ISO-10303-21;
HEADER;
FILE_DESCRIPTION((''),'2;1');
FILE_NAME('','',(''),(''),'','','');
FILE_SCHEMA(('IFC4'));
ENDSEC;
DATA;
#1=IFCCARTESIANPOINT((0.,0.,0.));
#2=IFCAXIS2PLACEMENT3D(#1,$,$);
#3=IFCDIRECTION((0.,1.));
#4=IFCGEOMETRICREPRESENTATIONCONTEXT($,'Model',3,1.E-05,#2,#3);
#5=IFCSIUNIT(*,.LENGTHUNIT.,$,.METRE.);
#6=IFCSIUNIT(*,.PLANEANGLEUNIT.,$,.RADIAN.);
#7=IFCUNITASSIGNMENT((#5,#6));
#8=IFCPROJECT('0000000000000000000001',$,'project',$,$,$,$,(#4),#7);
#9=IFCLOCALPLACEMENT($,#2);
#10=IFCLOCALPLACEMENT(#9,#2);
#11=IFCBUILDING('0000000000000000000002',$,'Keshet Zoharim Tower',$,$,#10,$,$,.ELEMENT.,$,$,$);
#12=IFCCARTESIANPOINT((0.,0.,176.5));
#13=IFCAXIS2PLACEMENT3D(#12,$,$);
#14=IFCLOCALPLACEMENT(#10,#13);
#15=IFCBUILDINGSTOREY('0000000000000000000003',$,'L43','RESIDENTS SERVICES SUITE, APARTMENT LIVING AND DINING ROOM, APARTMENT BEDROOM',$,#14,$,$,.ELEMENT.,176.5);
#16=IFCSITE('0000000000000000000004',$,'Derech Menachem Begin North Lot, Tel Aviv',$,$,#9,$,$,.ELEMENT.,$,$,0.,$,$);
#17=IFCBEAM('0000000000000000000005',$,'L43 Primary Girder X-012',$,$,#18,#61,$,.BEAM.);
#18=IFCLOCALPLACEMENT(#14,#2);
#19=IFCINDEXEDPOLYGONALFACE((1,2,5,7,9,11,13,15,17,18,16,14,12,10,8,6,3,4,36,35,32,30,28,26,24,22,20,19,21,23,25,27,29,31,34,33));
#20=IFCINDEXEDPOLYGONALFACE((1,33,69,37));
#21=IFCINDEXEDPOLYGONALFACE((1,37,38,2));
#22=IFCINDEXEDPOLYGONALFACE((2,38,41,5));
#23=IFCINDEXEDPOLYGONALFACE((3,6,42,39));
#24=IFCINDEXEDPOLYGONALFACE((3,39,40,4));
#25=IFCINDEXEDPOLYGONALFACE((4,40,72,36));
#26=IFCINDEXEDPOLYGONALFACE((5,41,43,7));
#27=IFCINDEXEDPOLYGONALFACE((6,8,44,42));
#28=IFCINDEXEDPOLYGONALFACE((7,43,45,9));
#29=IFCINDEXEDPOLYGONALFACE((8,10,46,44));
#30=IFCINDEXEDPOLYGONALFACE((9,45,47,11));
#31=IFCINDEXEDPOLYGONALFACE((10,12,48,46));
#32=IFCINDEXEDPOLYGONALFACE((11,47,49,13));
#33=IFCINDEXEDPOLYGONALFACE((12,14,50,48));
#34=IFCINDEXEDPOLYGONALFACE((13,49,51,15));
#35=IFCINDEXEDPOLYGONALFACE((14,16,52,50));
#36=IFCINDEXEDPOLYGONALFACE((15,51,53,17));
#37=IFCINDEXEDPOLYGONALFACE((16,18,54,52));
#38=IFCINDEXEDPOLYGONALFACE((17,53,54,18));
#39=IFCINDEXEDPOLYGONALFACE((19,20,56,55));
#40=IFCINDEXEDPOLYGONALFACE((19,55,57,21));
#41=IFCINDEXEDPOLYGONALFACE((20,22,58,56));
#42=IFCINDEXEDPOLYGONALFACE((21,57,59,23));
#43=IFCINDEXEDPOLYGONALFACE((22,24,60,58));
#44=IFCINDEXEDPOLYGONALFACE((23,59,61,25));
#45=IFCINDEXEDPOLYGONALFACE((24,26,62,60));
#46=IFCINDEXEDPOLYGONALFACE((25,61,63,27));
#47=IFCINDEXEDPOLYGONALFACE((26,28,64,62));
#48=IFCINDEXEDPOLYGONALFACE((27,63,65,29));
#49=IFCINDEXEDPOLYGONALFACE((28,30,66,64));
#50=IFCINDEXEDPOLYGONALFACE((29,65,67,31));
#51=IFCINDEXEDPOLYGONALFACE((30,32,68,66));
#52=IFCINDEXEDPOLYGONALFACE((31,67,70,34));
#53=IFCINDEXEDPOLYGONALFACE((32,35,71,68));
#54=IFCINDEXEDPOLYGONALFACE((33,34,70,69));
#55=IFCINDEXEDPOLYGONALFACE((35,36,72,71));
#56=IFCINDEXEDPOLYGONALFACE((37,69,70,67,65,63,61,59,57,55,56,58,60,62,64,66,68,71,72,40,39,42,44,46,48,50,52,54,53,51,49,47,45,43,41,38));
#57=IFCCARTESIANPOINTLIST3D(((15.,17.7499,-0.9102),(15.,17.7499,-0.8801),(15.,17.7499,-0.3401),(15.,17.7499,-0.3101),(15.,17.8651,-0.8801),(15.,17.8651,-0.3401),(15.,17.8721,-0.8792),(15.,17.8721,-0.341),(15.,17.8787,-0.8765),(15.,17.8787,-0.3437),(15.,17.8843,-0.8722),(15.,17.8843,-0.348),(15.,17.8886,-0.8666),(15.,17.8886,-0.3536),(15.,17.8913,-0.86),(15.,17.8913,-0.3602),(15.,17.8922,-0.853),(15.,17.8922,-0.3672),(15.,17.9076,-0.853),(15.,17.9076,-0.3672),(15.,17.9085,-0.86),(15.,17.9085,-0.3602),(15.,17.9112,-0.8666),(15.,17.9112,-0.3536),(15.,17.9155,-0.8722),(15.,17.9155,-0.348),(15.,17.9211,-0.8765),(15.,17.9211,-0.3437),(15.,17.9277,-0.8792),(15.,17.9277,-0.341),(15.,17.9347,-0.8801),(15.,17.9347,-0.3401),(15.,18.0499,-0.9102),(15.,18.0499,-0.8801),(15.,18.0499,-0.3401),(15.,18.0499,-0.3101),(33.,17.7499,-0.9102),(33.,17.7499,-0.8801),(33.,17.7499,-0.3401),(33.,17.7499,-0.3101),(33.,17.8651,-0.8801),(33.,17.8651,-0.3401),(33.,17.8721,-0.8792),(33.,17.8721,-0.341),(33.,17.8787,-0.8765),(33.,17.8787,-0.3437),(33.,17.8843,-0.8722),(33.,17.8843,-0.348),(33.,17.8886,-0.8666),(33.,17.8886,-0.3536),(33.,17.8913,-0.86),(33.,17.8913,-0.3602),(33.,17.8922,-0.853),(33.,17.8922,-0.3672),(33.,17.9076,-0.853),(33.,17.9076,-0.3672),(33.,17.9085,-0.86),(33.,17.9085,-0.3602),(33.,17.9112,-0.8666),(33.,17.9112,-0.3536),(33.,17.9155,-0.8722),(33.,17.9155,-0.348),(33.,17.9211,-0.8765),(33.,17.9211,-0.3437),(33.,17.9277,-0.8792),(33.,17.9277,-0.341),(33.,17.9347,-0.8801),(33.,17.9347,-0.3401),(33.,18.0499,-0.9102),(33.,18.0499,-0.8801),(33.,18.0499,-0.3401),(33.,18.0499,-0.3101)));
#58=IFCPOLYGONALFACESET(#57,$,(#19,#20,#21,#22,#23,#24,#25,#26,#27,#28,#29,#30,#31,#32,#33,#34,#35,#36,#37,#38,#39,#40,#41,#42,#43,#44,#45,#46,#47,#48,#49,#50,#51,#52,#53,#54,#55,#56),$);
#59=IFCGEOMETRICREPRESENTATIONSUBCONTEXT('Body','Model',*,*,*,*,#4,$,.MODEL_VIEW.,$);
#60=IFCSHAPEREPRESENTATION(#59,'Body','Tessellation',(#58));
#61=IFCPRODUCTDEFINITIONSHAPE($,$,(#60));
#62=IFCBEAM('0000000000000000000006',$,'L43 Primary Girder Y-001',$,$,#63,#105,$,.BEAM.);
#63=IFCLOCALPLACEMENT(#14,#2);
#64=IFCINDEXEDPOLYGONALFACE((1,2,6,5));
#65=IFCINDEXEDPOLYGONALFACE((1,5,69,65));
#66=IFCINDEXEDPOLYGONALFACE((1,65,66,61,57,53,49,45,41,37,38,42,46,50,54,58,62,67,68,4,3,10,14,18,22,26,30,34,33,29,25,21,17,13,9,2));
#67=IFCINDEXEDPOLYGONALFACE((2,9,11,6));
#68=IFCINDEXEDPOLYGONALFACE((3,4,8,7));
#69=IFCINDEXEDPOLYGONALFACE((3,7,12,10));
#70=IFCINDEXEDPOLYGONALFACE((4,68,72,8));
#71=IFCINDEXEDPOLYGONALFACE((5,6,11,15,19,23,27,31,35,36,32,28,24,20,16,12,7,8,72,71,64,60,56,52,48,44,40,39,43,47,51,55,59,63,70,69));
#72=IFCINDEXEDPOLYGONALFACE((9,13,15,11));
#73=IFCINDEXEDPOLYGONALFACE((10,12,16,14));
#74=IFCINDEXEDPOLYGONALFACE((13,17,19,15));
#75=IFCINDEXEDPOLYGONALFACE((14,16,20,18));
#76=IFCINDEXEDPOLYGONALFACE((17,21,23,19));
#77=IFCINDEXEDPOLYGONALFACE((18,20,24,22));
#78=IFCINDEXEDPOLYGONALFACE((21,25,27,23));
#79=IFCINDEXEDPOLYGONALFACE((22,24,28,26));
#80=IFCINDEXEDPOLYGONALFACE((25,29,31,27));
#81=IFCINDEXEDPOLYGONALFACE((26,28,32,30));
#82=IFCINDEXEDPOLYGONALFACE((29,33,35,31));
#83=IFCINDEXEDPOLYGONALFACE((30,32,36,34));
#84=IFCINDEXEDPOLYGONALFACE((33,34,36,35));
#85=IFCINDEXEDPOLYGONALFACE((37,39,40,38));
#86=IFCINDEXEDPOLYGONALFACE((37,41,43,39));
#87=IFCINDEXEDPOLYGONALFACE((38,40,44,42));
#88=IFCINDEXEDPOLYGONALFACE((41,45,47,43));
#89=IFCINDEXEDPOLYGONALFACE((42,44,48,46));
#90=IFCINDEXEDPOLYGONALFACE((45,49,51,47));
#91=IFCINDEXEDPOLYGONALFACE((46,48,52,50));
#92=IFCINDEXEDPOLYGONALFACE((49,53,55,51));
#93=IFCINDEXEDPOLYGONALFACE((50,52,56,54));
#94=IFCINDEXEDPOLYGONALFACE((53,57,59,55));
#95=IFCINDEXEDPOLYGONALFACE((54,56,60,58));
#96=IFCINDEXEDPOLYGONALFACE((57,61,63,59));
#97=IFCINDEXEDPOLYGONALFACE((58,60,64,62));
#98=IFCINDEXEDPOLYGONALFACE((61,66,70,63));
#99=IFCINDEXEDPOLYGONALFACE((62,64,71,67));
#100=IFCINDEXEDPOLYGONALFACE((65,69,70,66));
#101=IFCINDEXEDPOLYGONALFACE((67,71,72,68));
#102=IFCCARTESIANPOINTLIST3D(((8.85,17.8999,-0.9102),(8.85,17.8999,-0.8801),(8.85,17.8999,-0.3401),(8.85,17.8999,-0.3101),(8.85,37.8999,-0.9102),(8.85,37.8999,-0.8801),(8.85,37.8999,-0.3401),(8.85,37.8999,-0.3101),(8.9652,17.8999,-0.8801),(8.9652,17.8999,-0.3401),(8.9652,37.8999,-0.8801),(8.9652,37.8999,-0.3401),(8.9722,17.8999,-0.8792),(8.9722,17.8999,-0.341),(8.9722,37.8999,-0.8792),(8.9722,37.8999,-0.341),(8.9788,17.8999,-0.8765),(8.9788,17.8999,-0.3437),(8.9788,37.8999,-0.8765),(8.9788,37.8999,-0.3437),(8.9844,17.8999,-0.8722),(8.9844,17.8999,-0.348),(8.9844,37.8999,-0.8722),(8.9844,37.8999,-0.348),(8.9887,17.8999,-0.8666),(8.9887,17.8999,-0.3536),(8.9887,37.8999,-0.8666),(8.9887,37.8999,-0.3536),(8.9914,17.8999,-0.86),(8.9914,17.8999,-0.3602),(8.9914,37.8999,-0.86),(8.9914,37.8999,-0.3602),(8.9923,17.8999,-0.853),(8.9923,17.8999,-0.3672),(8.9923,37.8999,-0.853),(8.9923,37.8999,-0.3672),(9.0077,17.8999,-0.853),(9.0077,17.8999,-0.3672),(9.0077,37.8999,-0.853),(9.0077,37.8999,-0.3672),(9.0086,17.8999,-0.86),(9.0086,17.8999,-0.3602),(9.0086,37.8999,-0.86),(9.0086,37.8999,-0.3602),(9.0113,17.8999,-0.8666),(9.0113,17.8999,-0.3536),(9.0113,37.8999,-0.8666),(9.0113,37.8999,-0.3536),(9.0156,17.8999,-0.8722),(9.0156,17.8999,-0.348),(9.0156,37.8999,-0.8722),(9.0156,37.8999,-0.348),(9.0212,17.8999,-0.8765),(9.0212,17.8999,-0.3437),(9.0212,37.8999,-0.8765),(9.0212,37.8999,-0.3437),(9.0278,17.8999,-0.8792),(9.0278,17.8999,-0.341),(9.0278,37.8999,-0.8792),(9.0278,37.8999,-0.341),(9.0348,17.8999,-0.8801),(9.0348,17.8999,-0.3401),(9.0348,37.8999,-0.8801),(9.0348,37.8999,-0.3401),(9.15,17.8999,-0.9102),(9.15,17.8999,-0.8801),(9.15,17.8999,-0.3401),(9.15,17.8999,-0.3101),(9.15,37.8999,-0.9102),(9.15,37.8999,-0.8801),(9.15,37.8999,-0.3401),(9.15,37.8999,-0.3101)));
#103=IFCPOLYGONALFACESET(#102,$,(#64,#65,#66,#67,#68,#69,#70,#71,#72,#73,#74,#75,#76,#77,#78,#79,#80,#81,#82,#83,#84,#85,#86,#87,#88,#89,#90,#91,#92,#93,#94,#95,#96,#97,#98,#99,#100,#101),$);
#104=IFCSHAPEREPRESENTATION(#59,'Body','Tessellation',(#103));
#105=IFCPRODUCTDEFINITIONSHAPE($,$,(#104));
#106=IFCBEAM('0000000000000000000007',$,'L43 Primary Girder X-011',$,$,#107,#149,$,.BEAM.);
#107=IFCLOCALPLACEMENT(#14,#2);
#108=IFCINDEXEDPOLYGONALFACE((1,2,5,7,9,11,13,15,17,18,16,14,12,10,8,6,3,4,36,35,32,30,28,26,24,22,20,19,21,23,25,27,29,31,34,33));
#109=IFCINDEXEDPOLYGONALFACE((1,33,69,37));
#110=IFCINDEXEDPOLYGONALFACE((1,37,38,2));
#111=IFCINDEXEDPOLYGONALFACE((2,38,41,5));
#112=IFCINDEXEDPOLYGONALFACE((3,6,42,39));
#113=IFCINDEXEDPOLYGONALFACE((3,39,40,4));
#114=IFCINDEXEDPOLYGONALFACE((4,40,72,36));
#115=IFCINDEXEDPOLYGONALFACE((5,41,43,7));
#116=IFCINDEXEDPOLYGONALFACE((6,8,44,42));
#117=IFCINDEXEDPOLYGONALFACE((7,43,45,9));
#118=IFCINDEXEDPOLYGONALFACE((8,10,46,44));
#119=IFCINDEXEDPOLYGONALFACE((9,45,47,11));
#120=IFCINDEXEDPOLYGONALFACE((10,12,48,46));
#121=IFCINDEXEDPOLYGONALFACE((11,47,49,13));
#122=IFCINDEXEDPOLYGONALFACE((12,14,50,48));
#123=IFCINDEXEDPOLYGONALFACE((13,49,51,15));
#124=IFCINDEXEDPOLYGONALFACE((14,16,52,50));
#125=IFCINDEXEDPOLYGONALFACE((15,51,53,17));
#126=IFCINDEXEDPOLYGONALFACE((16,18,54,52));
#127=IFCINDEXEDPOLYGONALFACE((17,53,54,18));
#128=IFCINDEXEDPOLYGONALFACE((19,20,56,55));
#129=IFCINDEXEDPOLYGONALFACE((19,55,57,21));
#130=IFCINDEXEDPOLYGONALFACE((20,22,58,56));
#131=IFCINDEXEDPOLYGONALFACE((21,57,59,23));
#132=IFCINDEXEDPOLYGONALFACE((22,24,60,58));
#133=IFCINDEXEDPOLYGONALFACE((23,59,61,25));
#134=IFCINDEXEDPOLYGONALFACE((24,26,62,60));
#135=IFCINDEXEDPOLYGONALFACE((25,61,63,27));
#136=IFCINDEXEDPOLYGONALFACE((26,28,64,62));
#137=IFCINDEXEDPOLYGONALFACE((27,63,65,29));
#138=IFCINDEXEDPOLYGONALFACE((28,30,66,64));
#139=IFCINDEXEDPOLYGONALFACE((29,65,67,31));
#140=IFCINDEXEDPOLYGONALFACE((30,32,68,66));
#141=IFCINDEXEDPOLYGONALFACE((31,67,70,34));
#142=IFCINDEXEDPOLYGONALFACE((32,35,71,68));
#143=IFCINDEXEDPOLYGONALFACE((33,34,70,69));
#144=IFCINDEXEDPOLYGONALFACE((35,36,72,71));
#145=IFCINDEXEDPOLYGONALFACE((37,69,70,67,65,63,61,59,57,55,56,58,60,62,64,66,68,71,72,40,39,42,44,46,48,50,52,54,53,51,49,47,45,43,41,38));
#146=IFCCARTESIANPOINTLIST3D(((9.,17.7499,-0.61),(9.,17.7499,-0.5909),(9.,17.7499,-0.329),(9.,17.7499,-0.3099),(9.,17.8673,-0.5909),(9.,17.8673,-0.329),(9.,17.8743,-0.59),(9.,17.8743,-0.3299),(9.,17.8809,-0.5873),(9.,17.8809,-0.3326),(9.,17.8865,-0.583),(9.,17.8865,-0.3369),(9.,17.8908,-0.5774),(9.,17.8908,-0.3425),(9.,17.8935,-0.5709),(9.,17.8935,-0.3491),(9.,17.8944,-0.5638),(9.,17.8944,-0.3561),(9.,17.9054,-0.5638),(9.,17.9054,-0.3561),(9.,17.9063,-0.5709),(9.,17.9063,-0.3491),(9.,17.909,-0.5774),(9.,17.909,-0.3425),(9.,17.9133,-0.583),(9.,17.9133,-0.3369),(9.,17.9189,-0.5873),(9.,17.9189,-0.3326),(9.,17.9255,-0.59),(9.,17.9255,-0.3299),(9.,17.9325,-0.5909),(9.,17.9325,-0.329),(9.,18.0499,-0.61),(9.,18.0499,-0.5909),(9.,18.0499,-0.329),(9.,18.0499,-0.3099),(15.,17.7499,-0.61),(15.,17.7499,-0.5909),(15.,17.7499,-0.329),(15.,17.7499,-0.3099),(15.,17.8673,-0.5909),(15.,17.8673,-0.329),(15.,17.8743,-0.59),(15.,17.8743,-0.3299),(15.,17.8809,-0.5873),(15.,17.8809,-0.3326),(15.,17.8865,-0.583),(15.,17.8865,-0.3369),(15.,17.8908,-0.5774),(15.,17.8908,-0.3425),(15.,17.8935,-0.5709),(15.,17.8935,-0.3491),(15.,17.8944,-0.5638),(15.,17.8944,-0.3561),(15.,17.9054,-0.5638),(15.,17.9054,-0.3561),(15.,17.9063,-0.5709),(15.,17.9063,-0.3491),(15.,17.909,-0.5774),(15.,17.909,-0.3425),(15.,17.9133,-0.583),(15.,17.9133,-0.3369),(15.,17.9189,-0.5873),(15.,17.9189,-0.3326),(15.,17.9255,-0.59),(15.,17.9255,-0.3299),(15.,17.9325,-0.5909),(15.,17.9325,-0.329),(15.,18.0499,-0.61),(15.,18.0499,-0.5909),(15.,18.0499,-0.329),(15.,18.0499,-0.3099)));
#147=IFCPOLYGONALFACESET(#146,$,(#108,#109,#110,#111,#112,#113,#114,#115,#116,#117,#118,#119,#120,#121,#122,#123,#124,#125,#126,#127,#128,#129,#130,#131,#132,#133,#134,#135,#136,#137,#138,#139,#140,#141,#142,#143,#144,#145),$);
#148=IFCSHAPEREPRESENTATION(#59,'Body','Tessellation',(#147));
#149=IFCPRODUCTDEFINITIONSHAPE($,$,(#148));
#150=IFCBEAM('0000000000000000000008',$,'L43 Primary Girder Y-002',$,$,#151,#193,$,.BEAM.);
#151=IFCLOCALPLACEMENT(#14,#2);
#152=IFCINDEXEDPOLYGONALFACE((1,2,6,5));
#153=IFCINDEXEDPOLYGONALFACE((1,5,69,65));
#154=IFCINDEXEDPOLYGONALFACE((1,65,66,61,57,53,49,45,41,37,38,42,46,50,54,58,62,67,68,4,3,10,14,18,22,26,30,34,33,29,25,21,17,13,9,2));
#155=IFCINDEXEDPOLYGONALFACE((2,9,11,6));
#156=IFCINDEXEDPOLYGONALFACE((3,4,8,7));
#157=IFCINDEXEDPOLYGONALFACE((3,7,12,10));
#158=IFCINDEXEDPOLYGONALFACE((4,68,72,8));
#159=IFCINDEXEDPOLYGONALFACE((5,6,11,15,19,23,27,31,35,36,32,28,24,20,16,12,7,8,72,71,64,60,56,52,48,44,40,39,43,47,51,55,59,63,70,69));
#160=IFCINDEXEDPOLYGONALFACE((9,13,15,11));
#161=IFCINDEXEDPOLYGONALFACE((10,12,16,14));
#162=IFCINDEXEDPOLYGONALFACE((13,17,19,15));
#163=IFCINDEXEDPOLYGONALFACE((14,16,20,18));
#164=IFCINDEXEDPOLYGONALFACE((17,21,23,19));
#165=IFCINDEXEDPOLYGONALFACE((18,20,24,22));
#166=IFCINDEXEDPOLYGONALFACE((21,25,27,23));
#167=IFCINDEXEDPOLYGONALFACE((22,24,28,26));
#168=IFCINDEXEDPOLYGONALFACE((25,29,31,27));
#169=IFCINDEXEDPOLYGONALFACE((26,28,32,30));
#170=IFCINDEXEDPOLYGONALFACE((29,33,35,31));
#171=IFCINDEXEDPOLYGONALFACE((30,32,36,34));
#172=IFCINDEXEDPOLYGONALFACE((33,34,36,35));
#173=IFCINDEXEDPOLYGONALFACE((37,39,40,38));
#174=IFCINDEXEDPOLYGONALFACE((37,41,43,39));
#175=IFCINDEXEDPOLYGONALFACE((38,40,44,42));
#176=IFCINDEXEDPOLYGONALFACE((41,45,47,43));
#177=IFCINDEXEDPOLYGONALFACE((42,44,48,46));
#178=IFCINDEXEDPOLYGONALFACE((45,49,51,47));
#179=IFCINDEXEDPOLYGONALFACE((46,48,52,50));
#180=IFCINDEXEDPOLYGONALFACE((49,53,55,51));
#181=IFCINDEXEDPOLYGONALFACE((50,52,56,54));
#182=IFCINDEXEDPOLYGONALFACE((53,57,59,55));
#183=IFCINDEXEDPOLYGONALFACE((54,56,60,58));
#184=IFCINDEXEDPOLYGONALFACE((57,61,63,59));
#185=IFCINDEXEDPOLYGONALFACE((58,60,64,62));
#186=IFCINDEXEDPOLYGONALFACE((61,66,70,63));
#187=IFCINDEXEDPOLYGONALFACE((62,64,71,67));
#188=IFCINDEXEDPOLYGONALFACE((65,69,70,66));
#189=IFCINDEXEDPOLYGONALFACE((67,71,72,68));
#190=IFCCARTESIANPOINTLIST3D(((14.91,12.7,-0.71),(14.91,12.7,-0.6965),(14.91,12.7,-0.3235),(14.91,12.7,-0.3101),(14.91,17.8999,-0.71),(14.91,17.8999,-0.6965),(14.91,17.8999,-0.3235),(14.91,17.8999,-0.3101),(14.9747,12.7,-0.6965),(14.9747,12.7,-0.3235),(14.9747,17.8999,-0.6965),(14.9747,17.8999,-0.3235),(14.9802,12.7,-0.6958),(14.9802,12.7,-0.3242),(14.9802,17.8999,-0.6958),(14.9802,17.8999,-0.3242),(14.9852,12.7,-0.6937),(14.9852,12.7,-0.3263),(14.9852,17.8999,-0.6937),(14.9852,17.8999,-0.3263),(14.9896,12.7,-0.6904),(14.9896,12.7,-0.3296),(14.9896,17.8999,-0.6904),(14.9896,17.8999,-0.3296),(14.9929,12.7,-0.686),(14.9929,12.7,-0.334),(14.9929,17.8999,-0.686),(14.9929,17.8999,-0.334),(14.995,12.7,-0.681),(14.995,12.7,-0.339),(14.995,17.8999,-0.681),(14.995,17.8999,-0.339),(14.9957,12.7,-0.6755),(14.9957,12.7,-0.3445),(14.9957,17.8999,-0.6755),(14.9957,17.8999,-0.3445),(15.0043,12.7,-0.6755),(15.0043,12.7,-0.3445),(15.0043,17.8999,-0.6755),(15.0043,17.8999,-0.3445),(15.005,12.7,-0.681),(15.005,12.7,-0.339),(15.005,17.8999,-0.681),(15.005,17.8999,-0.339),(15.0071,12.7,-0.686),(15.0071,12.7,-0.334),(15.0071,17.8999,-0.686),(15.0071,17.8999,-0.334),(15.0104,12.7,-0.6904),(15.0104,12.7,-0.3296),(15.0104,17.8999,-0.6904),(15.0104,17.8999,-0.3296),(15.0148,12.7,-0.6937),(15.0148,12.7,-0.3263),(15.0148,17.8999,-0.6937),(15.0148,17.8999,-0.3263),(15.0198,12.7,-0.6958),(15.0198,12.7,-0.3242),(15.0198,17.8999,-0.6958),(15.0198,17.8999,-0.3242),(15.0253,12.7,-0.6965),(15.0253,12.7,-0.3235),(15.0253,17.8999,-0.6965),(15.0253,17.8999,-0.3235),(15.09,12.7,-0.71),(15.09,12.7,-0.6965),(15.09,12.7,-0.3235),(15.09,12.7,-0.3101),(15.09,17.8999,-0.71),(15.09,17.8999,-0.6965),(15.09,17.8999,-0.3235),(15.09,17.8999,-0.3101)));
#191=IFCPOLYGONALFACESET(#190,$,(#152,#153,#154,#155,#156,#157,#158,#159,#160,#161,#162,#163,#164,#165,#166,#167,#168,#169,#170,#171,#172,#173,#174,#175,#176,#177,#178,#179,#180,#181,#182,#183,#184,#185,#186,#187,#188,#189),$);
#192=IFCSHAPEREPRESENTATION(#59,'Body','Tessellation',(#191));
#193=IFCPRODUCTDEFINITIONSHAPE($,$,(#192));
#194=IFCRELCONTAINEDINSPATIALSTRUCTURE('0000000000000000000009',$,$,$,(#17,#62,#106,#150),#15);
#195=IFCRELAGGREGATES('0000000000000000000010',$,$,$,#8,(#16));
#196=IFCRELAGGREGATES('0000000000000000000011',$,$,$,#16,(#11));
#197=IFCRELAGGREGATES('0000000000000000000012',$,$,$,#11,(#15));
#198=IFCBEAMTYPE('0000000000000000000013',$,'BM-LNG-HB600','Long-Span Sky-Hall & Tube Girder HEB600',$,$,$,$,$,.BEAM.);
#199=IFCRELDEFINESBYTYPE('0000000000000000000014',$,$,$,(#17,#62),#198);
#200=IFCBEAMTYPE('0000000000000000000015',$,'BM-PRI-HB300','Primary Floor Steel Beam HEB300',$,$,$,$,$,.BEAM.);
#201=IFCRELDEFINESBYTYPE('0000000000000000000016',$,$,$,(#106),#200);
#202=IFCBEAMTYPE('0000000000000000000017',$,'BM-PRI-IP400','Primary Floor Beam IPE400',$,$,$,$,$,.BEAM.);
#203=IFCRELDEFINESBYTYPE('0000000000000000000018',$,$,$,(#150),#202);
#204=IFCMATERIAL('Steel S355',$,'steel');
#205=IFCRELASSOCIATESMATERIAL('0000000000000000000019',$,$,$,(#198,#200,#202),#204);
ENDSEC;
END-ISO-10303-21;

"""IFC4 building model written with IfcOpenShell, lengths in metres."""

from ifc_helpers import new_model, si_unit, direction, frame, origin, origin_2d, place, context, subcontext, project, spatial, i_section, extrude, material, material_profile, profile_set, type_object, element, save


model = new_model("IFC4")

# Units and contexts
model_context = context("Model", 3, precision=1e-05, world=origin(), true_north=direction((0.0, 1.0)))
body_context = subcontext(model_context, "Body", "Model", "MODEL_VIEW")
ifc_project = project(units=[si_unit("LENGTHUNIT", "METRE"), si_unit("PLANEANGLEUNIT", "RADIAN")], contexts=[model_context])

# Site, building, storey
site_placement = place(None, origin())
site = spatial("IfcSite", under=ifc_project, at=site_placement, Name="Derech Menachem Begin North Lot, Tel Aviv", CompositionType="ELEMENT", RefElevation=0.0)
building_placement = place(site_placement, origin())
building = spatial("IfcBuilding", under=site, at=building_placement, Name="Keshet Zoharim Tower", CompositionType="ELEMENT")
storey_placement = place(building_placement, frame((0.0, 0.0, 176.5)))
storey = spatial("IfcBuildingStorey", under=building, at=storey_placement, Name="L43", Description="RESIDENTS SERVICES SUITE, APARTMENT LIVING AND DINING ROOM, APARTMENT BEDROOM", CompositionType="ELEMENT", Elevation=176.5)

# Shared definitions
ifc_material_1 = material(Name="Steel S355", Category="steel")

# Beams
ifc_material_profile_1 = material_profile(ifc_material_1, i_section(OverallWidth=0.3, OverallDepth=0.6001, WebThickness=0.0154, FlangeThickness=0.03, FilletRadius=0.0271, at=origin_2d()), Name="HEB600")
ifc_profile_set_1 = profile_set([ifc_material_profile_1], Name="Steel S355")
beam_type_1 = type_object("IfcBeamType", Name="BM-LNG-HB600", Description="Long-Span Sky-Hall & Tube Girder HEB600", PredefinedType="BEAM", material=ifc_profile_set_1)
for number, where, z_axis, x_axis, name in (
    (1, (15.0, 17.8999, -0.6101), (1.0, 0.0, 0.0), (0.0, 1.0, 0.0), "L43 Primary Girder X-012"),
):
    element("IfcBeam", number, at=place(storey_placement, frame(where, z_axis=z_axis, x_axis=x_axis)), inside=storey, type_object=beam_type_1, Name=name, PredefinedType="BEAM", context=body_context, shape_type="SweptSolid", body=[
        extrude(i_section(OverallWidth=0.3, OverallDepth=0.6001, WebThickness=0.0154, FlangeThickness=0.03, FilletRadius=0.0271, at=origin_2d()), origin(), (0.0, 0.0, 1.0), 18.0),
    ])
beam_1_placement = place(storey_placement, frame((9.0, 17.8999, -0.6101), z_axis=(0.0, 1.0, 0.0), x_axis=(-1.0, 0.0, 0.0)))
element("IfcBeam", 2, at=beam_1_placement, inside=storey, type_object=beam_type_1, Name="L43 Primary Girder Y-001", PredefinedType="BEAM", context=body_context, shape_type="SweptSolid", body=[
    extrude(i_section(OverallWidth=0.3, OverallDepth=0.6001, WebThickness=0.0154, FlangeThickness=0.03, FilletRadius=0.0271, at=origin_2d()), origin(), (0.0, 0.0, 1.0), 20.0),
])
ifc_material_profile_2 = material_profile(ifc_material_1, i_section(OverallWidth=0.3, OverallDepth=0.3, WebThickness=0.011, FlangeThickness=0.019, FilletRadius=0.0271, at=origin_2d()), Name="HEB300")
ifc_profile_set_2 = profile_set([ifc_material_profile_2], Name="Steel S355")
beam_type_2 = type_object("IfcBeamType", Name="BM-PRI-HB300", Description="Primary Floor Steel Beam HEB300", PredefinedType="BEAM", material=ifc_profile_set_2)
beam_2_placement = place(storey_placement, frame((9.0, 17.8999, -0.46), z_axis=(1.0, 0.0, 0.0), x_axis=(0.0, 1.0, 0.0)))
element("IfcBeam", 3, at=beam_2_placement, inside=storey, type_object=beam_type_2, Name="L43 Primary Girder X-011", PredefinedType="BEAM", context=body_context, shape_type="SweptSolid", body=[
    extrude(i_section(OverallWidth=0.3, OverallDepth=0.3, WebThickness=0.011, FlangeThickness=0.019, FilletRadius=0.0271, at=origin_2d()), origin(), (0.0, 0.0, 1.0), 6.0),
])
ifc_material_profile_3 = material_profile(ifc_material_1, i_section(OverallWidth=0.1799, OverallDepth=0.3999, WebThickness=0.0085, FlangeThickness=0.0134, FilletRadius=0.021, at=origin_2d()), Name="IPE400")
ifc_profile_set_3 = profile_set([ifc_material_profile_3], Name="Steel S355")
beam_type_3 = type_object("IfcBeamType", Name="BM-PRI-IP400", Description="Primary Floor Beam IPE400", PredefinedType="BEAM", material=ifc_profile_set_3)
beam_3_placement = place(storey_placement, frame((15.0, 12.7, -0.51), z_axis=(0.0, 1.0, 0.0), x_axis=(-1.0, 0.0, 0.0)))
element("IfcBeam", 4, at=beam_3_placement, inside=storey, type_object=beam_type_3, Name="L43 Primary Girder Y-002", PredefinedType="BEAM", context=body_context, shape_type="SweptSolid", body=[
    extrude(i_section(OverallWidth=0.1799, OverallDepth=0.3999, WebThickness=0.0085, FlangeThickness=0.0134, FilletRadius=0.021, at=origin_2d()), origin(), (0.0, 0.0, 1.0), 5.2),
])

save(model, "model.ifc")
